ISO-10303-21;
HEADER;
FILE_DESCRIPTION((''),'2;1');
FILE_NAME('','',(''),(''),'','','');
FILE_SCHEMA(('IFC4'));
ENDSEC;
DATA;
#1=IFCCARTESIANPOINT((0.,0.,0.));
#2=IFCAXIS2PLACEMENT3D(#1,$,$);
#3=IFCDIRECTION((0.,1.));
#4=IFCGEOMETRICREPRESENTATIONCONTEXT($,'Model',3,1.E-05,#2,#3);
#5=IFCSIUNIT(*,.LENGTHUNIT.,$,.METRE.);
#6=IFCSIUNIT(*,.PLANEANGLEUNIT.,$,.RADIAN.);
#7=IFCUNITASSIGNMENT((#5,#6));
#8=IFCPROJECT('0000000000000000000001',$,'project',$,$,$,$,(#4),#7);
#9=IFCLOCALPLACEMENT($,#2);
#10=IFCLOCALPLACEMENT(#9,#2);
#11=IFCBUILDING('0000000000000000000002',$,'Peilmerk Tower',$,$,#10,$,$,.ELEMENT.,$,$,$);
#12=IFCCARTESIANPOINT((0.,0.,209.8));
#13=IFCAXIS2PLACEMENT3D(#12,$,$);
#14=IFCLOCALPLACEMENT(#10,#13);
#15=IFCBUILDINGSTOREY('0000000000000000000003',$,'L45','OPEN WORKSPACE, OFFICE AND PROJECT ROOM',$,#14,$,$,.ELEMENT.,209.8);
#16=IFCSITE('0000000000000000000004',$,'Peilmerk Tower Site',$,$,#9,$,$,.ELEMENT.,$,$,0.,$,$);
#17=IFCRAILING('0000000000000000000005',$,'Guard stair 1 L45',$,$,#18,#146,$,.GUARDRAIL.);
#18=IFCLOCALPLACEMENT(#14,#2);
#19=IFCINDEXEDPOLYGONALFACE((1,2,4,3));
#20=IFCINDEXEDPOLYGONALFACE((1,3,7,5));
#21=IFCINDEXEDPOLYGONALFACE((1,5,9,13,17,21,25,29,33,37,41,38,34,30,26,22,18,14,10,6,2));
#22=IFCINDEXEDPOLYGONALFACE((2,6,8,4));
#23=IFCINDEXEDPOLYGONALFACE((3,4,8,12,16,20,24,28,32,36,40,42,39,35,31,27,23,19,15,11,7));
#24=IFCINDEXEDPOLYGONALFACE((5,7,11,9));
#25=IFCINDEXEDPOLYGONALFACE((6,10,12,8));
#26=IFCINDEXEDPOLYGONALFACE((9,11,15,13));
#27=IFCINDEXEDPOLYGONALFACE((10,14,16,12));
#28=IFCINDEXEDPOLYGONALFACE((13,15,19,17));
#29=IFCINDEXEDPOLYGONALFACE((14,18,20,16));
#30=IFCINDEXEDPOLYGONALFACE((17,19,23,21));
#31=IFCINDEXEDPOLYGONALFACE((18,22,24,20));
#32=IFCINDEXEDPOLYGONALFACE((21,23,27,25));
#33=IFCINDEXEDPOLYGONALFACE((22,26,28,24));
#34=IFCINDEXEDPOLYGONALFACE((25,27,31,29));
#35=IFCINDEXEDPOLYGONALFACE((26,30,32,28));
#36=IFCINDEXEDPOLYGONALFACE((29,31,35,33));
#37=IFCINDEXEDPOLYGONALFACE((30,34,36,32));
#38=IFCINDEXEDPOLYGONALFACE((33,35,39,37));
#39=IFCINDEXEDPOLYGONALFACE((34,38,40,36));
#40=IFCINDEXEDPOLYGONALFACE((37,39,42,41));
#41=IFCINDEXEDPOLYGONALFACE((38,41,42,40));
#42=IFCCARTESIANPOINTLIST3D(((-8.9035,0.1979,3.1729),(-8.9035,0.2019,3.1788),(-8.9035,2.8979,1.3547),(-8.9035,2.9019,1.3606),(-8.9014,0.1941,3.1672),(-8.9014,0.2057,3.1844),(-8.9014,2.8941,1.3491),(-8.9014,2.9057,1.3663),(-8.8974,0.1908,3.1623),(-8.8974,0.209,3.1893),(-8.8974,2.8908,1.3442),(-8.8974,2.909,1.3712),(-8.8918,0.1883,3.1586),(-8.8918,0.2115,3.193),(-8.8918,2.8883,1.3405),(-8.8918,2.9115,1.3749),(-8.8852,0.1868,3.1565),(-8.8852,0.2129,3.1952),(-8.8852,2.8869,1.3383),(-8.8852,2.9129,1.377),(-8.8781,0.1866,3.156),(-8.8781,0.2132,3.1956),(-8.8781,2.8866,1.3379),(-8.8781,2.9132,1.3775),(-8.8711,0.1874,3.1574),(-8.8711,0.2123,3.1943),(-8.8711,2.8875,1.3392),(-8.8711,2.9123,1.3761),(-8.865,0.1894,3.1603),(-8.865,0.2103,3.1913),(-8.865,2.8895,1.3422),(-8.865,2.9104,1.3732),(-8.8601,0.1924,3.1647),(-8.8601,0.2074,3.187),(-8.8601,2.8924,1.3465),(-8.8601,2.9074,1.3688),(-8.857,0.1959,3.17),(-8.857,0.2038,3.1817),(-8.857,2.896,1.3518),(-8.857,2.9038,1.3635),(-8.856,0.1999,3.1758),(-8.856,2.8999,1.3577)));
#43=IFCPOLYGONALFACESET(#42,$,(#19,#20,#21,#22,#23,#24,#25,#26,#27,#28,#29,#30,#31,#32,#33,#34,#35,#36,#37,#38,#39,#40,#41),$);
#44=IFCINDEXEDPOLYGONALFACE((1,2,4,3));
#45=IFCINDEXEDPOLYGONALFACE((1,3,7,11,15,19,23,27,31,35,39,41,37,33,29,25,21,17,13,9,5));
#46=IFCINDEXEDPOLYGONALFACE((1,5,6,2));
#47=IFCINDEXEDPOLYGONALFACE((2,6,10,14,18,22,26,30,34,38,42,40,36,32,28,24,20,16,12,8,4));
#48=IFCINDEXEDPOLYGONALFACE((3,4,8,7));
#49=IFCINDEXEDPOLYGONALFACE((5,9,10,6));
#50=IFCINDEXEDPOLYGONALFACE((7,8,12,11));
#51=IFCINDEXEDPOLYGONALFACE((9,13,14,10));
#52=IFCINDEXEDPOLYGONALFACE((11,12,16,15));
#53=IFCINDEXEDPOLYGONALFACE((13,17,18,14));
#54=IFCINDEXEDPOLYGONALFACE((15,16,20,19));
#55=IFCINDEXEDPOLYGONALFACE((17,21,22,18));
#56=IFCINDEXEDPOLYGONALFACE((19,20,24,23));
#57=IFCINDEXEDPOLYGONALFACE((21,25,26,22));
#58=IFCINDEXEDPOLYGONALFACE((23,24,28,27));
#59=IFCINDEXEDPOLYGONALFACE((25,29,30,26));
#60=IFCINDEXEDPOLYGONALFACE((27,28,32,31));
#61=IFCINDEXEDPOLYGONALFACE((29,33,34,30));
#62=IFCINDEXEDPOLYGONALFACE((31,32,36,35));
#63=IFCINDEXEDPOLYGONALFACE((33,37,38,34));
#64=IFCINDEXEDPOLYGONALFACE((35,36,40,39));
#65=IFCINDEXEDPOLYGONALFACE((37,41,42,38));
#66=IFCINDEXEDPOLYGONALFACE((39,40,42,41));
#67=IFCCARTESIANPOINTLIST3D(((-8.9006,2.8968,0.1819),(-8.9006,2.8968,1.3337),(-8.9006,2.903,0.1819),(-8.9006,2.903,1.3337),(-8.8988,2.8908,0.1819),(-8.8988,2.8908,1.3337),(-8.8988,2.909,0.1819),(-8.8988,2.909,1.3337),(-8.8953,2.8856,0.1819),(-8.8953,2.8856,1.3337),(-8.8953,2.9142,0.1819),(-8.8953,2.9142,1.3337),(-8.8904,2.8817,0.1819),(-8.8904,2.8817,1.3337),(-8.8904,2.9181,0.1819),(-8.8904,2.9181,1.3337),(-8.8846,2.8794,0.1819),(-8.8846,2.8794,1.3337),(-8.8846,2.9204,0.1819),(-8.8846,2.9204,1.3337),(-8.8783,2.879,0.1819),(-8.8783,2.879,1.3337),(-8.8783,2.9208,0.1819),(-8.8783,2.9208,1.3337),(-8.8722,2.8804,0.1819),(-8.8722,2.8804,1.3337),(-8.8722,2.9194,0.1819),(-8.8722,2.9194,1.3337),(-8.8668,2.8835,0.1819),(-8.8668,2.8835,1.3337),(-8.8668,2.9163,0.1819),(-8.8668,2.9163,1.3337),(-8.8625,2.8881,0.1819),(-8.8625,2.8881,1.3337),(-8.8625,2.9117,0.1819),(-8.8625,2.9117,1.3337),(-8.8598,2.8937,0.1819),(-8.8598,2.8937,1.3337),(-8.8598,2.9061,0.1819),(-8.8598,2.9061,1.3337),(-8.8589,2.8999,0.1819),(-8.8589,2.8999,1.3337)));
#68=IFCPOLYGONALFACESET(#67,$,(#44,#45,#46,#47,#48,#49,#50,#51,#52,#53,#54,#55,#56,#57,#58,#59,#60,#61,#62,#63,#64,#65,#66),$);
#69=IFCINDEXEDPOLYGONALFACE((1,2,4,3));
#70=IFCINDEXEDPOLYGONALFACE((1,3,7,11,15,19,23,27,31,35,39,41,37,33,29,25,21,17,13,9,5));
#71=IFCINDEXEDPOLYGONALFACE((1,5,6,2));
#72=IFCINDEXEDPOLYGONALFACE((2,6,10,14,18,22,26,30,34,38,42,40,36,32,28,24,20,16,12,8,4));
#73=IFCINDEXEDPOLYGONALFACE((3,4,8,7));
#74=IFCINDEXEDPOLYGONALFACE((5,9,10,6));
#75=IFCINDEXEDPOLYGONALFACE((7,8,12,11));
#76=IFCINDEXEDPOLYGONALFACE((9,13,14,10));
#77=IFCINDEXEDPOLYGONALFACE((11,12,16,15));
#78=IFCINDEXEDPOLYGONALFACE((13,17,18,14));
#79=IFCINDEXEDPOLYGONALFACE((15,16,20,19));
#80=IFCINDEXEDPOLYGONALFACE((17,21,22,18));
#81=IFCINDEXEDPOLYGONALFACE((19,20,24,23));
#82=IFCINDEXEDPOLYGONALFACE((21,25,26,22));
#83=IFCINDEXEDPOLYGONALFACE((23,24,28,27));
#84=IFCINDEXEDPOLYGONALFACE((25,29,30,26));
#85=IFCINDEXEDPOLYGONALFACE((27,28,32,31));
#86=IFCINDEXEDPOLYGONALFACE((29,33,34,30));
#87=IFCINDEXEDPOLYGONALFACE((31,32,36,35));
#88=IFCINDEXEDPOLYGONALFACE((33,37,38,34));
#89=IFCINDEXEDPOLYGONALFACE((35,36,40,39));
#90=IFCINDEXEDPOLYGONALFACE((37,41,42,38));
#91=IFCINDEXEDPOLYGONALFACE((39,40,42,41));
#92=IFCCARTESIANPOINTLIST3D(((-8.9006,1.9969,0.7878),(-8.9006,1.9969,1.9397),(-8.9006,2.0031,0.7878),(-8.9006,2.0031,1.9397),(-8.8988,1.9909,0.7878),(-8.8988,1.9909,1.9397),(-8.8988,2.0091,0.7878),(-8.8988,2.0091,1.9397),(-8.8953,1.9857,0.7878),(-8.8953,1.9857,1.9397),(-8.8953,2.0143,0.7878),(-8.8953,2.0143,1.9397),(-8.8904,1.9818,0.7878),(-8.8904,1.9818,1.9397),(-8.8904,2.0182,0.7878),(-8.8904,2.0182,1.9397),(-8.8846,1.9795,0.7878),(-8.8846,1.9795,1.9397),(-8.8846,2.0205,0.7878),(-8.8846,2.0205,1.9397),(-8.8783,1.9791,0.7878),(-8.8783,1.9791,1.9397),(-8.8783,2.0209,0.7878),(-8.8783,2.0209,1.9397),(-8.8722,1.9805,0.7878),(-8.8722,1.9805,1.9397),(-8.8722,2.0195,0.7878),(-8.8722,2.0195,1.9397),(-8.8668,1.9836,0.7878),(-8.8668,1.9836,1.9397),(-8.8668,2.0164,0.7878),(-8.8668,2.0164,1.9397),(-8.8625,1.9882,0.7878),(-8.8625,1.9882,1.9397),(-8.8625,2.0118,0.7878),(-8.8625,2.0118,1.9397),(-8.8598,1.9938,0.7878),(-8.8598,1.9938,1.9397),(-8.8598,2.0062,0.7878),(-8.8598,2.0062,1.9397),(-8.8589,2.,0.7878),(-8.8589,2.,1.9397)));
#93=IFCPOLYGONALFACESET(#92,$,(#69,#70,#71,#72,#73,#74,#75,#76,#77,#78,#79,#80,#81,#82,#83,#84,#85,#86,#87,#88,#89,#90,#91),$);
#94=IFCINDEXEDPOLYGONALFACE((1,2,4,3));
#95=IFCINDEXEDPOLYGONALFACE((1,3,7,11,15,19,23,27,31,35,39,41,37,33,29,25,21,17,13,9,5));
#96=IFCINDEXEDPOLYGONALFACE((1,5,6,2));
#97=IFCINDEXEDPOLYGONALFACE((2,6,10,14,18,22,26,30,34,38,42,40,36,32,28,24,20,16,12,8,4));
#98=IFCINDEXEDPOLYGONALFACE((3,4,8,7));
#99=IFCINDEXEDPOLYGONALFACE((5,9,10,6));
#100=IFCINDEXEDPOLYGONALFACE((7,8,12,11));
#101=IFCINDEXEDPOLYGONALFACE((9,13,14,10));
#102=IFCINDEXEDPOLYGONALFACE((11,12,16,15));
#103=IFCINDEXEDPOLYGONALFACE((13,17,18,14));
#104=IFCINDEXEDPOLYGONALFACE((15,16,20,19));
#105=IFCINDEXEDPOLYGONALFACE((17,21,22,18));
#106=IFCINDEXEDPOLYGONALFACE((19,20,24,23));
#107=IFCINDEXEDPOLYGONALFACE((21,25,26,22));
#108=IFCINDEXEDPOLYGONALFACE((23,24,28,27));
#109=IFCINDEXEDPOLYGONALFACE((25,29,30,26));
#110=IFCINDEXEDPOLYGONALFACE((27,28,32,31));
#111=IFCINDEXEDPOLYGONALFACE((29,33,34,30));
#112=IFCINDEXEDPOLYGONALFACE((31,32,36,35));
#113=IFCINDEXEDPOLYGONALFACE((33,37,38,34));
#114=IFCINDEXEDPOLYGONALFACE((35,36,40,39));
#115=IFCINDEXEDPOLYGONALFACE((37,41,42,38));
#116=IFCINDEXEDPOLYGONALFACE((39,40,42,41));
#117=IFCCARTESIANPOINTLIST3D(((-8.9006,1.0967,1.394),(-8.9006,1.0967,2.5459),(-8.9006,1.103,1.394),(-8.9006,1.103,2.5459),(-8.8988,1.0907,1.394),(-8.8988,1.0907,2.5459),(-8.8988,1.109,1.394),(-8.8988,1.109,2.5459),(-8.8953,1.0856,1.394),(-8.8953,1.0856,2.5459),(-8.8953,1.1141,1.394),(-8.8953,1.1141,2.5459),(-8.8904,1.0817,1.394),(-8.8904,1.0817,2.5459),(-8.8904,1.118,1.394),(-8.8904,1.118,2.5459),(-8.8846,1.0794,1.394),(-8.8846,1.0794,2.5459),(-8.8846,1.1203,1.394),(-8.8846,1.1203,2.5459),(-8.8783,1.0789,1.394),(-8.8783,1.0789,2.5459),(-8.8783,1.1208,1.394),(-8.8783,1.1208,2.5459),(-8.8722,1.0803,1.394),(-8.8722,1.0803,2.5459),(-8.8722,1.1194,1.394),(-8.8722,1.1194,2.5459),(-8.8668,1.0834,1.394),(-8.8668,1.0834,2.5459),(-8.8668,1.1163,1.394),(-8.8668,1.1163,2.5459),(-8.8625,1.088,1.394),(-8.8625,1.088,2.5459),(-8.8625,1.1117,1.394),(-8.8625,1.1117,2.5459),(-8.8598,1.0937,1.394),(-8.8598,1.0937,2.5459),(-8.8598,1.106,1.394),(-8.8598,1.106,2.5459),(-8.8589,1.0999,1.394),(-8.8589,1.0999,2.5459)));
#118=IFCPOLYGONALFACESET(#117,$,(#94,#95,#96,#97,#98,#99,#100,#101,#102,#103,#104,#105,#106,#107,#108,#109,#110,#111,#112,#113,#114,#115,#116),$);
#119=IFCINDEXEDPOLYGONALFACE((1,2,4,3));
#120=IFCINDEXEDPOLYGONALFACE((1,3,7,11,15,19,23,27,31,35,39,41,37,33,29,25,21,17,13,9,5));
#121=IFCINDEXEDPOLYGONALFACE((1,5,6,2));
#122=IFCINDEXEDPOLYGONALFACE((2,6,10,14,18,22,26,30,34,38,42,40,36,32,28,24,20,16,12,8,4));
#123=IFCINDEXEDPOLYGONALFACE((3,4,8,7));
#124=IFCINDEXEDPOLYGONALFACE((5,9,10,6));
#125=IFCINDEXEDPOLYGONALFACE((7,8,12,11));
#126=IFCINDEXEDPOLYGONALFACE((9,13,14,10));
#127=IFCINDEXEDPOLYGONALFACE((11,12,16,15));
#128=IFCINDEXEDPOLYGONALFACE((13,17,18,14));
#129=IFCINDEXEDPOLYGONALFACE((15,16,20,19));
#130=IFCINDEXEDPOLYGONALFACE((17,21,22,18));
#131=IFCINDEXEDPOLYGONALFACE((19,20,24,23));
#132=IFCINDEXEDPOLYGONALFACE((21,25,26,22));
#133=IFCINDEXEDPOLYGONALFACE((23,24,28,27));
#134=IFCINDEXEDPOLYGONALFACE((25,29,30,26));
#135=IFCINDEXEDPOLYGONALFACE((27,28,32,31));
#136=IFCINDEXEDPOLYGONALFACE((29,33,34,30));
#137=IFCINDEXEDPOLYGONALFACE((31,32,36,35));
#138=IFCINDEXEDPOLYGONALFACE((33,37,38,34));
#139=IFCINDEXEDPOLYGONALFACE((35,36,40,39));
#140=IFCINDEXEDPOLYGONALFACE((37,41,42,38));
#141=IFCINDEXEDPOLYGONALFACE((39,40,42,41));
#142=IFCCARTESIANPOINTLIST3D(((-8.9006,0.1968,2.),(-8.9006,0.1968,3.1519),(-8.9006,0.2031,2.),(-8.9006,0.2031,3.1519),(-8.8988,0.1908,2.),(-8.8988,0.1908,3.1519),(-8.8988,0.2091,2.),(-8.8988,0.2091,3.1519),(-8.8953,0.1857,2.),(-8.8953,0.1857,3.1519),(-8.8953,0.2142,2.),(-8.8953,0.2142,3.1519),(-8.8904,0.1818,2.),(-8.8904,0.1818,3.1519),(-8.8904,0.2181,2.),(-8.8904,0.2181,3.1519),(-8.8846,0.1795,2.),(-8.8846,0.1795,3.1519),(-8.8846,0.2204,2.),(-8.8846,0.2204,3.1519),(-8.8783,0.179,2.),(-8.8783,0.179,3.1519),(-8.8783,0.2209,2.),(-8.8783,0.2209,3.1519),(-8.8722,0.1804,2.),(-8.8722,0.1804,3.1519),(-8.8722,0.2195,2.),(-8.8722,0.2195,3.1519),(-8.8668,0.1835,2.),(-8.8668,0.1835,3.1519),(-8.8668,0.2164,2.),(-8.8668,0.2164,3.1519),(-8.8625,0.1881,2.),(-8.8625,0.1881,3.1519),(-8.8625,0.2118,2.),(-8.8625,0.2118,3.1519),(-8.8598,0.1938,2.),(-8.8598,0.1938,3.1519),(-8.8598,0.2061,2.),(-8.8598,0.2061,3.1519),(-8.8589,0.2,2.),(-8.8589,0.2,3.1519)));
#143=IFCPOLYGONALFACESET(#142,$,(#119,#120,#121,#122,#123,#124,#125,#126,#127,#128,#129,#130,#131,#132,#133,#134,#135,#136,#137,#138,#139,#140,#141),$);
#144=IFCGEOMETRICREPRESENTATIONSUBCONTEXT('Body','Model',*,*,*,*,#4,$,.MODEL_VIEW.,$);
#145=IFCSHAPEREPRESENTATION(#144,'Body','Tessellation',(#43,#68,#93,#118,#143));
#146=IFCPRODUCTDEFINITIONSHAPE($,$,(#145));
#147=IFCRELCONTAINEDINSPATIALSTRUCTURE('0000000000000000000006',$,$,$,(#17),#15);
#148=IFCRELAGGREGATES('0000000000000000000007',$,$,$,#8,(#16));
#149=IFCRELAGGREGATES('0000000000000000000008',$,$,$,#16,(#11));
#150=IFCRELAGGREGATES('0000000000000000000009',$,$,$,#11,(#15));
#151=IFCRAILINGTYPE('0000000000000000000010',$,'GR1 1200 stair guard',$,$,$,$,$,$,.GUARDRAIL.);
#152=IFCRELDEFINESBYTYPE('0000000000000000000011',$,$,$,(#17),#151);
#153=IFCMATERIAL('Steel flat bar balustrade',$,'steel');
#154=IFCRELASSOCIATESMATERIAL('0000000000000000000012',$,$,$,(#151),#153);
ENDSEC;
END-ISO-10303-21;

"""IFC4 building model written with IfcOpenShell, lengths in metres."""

from ifc_helpers import new_model, si_unit, direction, frame, origin, origin_2d, place, context, subcontext, project, spatial, circle, extrude, material, type_object, element, save


model = new_model("IFC4")

# Units and contexts
model_context = context("Model", 3, precision=1e-05, world=origin(), true_north=direction((0.0, 1.0)))
body_context = subcontext(model_context, "Body", "Model", "MODEL_VIEW")
ifc_project = project(units=[si_unit("LENGTHUNIT", "METRE"), si_unit("PLANEANGLEUNIT", "RADIAN")], contexts=[model_context])

# Site, building, storey
site_placement = place(None, origin())
site = spatial("IfcSite", under=ifc_project, at=site_placement, Name="Peilmerk Tower Site", CompositionType="ELEMENT", RefElevation=0.0)
building_placement = place(site_placement, origin())
building = spatial("IfcBuilding", under=site, at=building_placement, Name="Peilmerk Tower", CompositionType="ELEMENT")
storey_placement = place(building_placement, frame((0.0, 0.0, 209.8)))
storey = spatial("IfcBuildingStorey", under=building, at=storey_placement, Name="L45", Description="OPEN WORKSPACE, OFFICE AND PROJECT ROOM", CompositionType="ELEMENT", Elevation=209.8)

# Railing
ifc_material_1 = material(Name="Steel flat bar balustrade", Category="steel")
railing_type_1 = type_object("IfcRailingType", Name="GR1 1200 stair guard", PredefinedType="GUARDRAIL", material=ifc_material_1)
railing_1_placement = place(storey_placement, frame((-8.8799, 2.8999, 0.1819)))
element("IfcRailing", 1, at=railing_1_placement, inside=storey, type_object=railing_type_1, Name="Guard stair 1 L45", PredefinedType="GUARDRAIL", context=body_context, shape_type="SweptSolid", body=[
    extrude(circle(Radius=0.0239, at=origin_2d()), frame((0.0, 0.0, 1.1758), z_axis=(0.0, -0.829468, 0.558554), x_axis=(1.0, 0.0, 0.0)), (0.0, 0.0, 1.0), 3.2551),
    extrude(circle(Radius=0.021, at=origin_2d()), origin(), (0.0, 0.0, 1.0), 1.1519),
    extrude(circle(Radius=0.021, at=origin_2d()), frame((0.0, -0.8999, 0.606)), (0.0, 0.0, 1.0), 1.1519),
    extrude(circle(Radius=0.021, at=origin_2d()), frame((0.0, -1.8, 1.2122)), (0.0, 0.0, 1.0), 1.1519),
    extrude(circle(Radius=0.021, at=origin_2d()), frame((0.0, -2.7, 1.8181)), (0.0, 0.0, 1.0), 1.1519),
])

save(model, "model.ifc")
